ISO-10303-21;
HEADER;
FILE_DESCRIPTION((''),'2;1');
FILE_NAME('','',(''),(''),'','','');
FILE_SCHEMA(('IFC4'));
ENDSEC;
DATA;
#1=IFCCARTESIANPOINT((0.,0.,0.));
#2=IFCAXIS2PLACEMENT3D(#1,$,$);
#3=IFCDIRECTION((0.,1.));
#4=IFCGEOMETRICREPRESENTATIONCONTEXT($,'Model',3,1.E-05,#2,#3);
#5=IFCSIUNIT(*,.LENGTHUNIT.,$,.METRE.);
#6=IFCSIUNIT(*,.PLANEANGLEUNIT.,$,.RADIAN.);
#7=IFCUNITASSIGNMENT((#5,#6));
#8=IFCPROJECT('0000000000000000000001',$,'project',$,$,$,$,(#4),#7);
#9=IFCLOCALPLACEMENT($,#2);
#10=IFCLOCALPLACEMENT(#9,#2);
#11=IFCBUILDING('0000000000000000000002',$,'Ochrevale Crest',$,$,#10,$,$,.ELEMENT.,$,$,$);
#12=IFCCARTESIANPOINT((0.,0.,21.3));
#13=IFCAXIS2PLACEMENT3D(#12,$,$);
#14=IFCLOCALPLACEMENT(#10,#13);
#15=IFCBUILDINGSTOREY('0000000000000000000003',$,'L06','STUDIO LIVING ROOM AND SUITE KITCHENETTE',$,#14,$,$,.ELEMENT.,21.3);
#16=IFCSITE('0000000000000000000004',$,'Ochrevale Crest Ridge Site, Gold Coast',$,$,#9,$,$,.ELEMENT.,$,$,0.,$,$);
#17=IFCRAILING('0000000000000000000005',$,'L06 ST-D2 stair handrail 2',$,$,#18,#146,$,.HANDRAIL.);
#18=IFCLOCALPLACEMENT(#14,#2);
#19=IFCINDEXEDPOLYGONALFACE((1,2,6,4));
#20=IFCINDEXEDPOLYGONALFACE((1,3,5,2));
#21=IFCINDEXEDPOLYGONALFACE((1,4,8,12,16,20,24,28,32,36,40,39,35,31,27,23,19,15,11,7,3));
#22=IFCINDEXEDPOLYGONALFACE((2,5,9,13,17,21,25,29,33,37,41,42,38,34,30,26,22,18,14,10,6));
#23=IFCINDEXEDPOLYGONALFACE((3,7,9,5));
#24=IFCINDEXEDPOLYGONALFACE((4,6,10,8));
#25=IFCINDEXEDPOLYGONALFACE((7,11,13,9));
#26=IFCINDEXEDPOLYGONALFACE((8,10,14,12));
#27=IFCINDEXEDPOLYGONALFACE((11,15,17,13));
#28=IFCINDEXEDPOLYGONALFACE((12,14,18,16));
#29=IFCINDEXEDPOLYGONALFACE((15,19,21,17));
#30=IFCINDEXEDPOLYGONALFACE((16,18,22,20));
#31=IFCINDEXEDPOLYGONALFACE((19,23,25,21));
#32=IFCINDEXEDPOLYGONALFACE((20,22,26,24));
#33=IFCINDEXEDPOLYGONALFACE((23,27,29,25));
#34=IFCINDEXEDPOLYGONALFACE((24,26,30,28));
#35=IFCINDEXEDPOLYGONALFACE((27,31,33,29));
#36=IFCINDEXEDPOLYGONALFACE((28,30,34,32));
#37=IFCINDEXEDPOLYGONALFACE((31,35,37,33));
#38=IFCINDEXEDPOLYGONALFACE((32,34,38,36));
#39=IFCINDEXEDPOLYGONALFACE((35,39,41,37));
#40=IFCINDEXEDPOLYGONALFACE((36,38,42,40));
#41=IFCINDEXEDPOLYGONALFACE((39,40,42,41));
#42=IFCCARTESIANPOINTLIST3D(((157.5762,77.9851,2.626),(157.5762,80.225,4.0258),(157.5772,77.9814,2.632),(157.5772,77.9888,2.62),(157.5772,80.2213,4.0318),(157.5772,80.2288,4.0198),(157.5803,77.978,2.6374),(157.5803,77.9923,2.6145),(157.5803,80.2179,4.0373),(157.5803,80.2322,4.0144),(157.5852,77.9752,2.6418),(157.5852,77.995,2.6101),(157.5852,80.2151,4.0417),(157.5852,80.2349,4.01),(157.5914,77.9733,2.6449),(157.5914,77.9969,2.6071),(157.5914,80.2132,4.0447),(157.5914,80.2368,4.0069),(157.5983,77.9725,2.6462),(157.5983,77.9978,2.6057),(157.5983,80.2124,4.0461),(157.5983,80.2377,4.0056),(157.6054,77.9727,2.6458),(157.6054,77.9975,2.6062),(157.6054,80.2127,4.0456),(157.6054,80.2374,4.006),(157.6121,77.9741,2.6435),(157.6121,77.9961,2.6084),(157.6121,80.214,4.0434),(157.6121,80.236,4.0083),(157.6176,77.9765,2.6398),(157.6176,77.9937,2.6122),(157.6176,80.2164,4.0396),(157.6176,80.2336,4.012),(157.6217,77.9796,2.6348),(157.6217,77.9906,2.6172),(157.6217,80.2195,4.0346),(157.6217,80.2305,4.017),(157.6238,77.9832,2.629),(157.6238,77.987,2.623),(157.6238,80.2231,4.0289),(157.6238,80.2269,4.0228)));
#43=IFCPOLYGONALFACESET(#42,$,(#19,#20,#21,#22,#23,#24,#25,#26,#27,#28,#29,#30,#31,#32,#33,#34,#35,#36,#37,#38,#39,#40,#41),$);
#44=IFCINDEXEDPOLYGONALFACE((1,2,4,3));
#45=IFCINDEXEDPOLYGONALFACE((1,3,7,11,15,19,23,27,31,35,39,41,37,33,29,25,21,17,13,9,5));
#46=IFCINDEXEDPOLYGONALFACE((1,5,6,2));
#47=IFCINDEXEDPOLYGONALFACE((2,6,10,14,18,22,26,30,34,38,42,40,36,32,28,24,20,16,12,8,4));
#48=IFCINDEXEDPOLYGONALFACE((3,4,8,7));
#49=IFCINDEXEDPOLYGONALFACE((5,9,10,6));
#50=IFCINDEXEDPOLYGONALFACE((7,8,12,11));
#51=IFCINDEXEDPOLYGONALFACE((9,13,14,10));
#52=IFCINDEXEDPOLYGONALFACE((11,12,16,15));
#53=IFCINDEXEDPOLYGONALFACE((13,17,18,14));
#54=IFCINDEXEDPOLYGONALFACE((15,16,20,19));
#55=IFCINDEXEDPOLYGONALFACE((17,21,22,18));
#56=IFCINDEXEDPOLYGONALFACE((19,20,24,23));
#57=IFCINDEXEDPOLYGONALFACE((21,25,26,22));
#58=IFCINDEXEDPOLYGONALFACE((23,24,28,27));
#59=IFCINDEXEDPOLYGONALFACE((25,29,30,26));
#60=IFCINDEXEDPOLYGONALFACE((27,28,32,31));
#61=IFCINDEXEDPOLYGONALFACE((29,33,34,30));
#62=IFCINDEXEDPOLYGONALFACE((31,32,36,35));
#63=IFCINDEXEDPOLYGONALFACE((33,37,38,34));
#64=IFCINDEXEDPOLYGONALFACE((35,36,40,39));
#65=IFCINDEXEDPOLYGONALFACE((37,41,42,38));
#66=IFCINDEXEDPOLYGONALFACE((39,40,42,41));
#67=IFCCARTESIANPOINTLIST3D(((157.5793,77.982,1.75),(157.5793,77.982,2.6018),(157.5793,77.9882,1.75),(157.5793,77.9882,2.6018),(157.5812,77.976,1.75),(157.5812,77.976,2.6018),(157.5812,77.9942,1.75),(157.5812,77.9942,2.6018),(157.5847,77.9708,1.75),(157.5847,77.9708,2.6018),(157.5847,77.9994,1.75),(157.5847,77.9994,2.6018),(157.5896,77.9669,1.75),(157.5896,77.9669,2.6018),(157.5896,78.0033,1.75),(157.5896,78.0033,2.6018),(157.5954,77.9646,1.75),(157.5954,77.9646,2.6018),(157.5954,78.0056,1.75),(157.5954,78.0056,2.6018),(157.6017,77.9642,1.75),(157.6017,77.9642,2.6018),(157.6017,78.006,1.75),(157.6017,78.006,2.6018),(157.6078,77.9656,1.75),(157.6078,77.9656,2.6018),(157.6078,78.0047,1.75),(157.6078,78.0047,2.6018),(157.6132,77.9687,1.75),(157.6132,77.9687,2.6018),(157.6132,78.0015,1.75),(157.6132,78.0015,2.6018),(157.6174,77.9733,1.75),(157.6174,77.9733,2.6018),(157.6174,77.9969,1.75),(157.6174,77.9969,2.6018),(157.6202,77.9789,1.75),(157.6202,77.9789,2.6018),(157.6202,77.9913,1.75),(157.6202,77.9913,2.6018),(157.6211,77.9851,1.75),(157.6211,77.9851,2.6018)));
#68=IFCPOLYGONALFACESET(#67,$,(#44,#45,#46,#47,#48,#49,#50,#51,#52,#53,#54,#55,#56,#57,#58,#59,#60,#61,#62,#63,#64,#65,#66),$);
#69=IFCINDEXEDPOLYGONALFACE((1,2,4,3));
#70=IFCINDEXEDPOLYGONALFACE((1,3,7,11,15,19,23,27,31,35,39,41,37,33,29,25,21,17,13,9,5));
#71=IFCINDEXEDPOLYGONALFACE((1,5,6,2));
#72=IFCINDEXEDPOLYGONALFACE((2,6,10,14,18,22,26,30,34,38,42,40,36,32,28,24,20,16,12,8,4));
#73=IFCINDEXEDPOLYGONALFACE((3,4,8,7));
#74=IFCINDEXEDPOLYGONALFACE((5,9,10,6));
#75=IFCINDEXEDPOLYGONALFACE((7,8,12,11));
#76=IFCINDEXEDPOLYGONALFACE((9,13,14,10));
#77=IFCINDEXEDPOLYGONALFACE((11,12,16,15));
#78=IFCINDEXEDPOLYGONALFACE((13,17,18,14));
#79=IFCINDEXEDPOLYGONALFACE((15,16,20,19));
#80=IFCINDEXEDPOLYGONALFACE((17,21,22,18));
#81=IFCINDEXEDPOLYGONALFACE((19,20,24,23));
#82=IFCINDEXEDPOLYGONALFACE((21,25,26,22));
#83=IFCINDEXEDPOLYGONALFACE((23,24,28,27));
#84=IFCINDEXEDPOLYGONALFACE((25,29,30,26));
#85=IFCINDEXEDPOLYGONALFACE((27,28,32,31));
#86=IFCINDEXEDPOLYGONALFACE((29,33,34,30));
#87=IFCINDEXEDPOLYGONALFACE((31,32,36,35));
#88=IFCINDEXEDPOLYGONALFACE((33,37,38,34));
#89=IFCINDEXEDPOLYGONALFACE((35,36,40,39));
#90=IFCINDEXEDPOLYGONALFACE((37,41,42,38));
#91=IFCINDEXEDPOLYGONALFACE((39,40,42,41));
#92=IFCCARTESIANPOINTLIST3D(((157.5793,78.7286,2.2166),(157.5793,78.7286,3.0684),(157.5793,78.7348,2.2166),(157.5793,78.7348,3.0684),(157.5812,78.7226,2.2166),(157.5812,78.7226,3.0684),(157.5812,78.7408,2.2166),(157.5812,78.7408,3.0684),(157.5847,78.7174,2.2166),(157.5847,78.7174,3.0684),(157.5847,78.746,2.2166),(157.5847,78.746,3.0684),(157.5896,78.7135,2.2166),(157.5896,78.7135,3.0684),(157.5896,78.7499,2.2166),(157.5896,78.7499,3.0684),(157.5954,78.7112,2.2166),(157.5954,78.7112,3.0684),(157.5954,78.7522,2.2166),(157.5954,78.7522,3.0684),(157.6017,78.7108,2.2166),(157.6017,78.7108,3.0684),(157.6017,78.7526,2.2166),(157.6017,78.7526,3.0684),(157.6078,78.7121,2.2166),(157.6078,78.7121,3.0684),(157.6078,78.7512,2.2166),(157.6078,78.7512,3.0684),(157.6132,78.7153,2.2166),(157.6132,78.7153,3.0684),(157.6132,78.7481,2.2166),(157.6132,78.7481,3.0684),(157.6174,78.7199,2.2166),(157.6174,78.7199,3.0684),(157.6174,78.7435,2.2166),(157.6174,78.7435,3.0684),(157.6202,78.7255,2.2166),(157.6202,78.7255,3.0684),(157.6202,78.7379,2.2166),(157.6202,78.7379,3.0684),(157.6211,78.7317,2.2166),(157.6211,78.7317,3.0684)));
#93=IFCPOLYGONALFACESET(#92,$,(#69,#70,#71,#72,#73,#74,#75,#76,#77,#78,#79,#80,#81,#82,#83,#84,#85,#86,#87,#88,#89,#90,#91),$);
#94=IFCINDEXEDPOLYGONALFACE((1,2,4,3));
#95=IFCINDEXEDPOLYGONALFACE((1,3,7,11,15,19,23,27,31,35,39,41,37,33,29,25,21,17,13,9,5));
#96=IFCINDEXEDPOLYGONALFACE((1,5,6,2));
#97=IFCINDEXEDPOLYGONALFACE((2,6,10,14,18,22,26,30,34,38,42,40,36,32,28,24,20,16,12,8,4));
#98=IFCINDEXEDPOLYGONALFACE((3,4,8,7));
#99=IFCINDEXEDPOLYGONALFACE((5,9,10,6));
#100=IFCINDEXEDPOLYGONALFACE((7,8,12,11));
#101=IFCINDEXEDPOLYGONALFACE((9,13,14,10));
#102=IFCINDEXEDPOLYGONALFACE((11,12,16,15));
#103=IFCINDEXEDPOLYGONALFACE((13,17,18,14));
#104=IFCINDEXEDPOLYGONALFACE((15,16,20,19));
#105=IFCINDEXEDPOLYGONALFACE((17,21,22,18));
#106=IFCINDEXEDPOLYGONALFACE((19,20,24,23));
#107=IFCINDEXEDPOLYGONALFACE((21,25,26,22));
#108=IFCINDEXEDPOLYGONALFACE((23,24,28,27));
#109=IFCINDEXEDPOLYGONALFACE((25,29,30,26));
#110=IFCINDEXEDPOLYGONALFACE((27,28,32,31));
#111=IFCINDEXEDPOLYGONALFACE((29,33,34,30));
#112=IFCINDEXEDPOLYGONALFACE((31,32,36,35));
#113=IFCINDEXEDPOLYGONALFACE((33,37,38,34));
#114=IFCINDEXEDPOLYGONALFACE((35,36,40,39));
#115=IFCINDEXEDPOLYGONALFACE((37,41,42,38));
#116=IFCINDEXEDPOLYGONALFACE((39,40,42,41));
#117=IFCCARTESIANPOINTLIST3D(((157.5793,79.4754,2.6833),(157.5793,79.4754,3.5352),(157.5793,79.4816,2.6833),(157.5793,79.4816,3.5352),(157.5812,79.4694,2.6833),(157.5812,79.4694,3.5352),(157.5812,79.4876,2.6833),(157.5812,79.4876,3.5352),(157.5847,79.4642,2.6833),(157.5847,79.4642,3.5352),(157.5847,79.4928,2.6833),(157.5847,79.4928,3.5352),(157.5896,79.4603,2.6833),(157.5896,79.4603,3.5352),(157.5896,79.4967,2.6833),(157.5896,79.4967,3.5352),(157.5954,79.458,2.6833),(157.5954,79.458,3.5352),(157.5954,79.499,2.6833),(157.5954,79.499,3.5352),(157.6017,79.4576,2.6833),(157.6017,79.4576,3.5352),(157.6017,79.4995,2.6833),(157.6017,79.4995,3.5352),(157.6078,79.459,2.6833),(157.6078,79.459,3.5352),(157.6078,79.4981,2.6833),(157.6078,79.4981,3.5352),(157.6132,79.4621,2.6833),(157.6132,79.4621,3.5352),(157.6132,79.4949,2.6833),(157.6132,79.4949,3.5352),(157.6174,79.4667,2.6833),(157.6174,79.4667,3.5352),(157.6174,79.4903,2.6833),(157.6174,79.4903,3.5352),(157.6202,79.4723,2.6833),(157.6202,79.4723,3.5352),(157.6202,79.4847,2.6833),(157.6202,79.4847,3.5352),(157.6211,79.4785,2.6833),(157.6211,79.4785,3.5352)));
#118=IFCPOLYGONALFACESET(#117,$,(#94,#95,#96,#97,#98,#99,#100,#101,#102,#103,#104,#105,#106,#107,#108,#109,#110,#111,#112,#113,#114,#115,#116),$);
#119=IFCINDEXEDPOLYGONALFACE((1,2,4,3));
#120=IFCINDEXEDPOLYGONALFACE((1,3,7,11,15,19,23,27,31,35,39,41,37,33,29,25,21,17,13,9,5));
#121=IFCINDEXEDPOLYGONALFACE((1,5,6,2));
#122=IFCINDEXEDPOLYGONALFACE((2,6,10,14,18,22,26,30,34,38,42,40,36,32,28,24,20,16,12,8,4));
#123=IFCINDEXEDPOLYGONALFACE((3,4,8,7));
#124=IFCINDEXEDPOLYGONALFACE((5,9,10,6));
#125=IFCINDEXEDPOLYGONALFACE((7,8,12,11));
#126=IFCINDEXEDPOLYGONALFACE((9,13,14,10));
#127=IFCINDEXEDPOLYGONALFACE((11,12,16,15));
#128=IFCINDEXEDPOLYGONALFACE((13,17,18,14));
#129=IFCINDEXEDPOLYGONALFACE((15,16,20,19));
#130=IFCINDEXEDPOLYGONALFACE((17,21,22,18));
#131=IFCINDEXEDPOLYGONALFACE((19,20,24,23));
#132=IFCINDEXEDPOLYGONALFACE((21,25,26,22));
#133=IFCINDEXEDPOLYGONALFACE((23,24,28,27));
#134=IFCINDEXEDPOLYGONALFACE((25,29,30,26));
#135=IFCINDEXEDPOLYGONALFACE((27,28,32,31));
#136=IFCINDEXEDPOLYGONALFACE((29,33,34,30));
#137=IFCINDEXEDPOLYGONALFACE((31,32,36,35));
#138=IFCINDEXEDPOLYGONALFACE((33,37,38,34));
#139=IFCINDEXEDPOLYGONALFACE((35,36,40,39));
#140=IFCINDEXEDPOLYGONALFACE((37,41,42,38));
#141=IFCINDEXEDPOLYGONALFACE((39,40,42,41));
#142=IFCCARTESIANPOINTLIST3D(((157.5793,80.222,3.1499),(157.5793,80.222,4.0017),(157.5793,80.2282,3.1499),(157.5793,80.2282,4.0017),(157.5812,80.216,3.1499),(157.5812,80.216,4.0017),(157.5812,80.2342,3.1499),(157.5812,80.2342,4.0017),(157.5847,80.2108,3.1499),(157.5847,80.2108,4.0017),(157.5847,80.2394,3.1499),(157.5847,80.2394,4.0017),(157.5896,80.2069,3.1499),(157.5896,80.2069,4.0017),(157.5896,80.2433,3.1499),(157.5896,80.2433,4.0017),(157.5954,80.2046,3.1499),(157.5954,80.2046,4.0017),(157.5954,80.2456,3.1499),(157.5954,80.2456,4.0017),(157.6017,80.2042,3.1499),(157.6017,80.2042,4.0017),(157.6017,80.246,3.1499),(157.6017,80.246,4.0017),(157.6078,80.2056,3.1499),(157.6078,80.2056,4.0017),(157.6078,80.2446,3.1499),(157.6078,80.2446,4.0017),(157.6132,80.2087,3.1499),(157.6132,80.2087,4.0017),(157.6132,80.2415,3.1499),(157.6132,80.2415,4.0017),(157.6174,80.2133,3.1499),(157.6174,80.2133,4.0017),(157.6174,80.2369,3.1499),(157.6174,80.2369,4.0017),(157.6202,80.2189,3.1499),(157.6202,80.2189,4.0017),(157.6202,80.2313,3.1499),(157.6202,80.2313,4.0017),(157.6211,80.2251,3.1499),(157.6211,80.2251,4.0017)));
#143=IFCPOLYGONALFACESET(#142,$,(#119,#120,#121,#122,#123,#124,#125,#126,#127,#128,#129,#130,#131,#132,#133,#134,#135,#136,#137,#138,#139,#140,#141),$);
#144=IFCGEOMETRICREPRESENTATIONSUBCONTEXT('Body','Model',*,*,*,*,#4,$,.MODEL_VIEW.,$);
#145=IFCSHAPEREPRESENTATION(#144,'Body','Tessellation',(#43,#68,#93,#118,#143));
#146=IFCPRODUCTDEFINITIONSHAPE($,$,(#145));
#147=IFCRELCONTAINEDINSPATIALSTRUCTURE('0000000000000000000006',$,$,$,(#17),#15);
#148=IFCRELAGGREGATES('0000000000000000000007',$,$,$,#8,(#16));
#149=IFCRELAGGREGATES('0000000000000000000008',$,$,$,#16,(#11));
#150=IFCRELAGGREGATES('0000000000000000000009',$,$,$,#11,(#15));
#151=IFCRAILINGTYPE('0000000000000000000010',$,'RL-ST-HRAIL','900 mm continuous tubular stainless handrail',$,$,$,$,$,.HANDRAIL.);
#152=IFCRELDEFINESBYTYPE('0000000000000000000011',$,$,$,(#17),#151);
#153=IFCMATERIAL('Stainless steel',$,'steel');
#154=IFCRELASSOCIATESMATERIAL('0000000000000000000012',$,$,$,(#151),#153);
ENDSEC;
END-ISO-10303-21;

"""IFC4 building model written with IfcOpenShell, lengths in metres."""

from ifc_helpers import new_model, si_unit, direction, frame, origin, origin_2d, place, context, subcontext, project, spatial, circle, extrude, material, type_object, element, save


model = new_model("IFC4")

# Units and contexts
model_context = context("Model", 3, precision=1e-05, world=origin(), true_north=direction((0.0, 1.0)))
body_context = subcontext(model_context, "Body", "Model", "MODEL_VIEW")
ifc_project = project(units=[si_unit("LENGTHUNIT", "METRE"), si_unit("PLANEANGLEUNIT", "RADIAN")], contexts=[model_context])

# Site, building, storey
site_placement = place(None, origin())
site = spatial("IfcSite", under=ifc_project, at=site_placement, Name="Ochrevale Crest Ridge Site, Gold Coast", CompositionType="ELEMENT", RefElevation=0.0)
building_placement = place(site_placement, origin())
building = spatial("IfcBuilding", under=site, at=building_placement, Name="Ochrevale Crest", CompositionType="ELEMENT")
storey_placement = place(building_placement, frame((0.0, 0.0, 21.3)))
storey = spatial("IfcBuildingStorey", under=building, at=storey_placement, Name="L06", Description="STUDIO LIVING ROOM AND SUITE KITCHENETTE", CompositionType="ELEMENT", Elevation=21.3)

# Railing
ifc_material_1 = material(Name="Stainless steel", Category="steel")
railing_type_1 = type_object("IfcRailingType", Name="RL-ST-HRAIL", Description="900 mm continuous tubular stainless handrail", PredefinedType="HANDRAIL", material=ifc_material_1)
railing_1_placement = place(storey_placement, frame((157.6001, 77.9851, 1.75)))
element("IfcRailing", 1, at=railing_1_placement, inside=storey, type_object=railing_type_1, Name="L06 ST-D2 stair handrail 2", PredefinedType="HANDRAIL", context=body_context, shape_type="SweptSolid", body=[
    extrude(circle(Radius=0.0239, at=origin_2d()), frame((0.0, 0.0, 0.876), z_axis=(0.0, 0.848014, 0.529974), x_axis=(-1.0, 0.0, 0.0)), (0.0, 0.0, 1.0), 2.6414),
    extrude(circle(Radius=0.021, at=origin_2d()), origin(), (0.0, 0.0, 1.0), 0.8518),
    extrude(circle(Radius=0.021, at=origin_2d()), frame((0.0, 0.7466, 0.4666)), (0.0, 0.0, 1.0), 0.8518),
    extrude(circle(Radius=0.021, at=origin_2d()), frame((0.0, 1.4934, 0.9333)), (0.0, 0.0, 1.0), 0.8518),
    extrude(circle(Radius=0.021, at=origin_2d()), frame((0.0, 2.24, 1.3999)), (0.0, 0.0, 1.0), 0.8518),
])

save(model, "model.ifc")
